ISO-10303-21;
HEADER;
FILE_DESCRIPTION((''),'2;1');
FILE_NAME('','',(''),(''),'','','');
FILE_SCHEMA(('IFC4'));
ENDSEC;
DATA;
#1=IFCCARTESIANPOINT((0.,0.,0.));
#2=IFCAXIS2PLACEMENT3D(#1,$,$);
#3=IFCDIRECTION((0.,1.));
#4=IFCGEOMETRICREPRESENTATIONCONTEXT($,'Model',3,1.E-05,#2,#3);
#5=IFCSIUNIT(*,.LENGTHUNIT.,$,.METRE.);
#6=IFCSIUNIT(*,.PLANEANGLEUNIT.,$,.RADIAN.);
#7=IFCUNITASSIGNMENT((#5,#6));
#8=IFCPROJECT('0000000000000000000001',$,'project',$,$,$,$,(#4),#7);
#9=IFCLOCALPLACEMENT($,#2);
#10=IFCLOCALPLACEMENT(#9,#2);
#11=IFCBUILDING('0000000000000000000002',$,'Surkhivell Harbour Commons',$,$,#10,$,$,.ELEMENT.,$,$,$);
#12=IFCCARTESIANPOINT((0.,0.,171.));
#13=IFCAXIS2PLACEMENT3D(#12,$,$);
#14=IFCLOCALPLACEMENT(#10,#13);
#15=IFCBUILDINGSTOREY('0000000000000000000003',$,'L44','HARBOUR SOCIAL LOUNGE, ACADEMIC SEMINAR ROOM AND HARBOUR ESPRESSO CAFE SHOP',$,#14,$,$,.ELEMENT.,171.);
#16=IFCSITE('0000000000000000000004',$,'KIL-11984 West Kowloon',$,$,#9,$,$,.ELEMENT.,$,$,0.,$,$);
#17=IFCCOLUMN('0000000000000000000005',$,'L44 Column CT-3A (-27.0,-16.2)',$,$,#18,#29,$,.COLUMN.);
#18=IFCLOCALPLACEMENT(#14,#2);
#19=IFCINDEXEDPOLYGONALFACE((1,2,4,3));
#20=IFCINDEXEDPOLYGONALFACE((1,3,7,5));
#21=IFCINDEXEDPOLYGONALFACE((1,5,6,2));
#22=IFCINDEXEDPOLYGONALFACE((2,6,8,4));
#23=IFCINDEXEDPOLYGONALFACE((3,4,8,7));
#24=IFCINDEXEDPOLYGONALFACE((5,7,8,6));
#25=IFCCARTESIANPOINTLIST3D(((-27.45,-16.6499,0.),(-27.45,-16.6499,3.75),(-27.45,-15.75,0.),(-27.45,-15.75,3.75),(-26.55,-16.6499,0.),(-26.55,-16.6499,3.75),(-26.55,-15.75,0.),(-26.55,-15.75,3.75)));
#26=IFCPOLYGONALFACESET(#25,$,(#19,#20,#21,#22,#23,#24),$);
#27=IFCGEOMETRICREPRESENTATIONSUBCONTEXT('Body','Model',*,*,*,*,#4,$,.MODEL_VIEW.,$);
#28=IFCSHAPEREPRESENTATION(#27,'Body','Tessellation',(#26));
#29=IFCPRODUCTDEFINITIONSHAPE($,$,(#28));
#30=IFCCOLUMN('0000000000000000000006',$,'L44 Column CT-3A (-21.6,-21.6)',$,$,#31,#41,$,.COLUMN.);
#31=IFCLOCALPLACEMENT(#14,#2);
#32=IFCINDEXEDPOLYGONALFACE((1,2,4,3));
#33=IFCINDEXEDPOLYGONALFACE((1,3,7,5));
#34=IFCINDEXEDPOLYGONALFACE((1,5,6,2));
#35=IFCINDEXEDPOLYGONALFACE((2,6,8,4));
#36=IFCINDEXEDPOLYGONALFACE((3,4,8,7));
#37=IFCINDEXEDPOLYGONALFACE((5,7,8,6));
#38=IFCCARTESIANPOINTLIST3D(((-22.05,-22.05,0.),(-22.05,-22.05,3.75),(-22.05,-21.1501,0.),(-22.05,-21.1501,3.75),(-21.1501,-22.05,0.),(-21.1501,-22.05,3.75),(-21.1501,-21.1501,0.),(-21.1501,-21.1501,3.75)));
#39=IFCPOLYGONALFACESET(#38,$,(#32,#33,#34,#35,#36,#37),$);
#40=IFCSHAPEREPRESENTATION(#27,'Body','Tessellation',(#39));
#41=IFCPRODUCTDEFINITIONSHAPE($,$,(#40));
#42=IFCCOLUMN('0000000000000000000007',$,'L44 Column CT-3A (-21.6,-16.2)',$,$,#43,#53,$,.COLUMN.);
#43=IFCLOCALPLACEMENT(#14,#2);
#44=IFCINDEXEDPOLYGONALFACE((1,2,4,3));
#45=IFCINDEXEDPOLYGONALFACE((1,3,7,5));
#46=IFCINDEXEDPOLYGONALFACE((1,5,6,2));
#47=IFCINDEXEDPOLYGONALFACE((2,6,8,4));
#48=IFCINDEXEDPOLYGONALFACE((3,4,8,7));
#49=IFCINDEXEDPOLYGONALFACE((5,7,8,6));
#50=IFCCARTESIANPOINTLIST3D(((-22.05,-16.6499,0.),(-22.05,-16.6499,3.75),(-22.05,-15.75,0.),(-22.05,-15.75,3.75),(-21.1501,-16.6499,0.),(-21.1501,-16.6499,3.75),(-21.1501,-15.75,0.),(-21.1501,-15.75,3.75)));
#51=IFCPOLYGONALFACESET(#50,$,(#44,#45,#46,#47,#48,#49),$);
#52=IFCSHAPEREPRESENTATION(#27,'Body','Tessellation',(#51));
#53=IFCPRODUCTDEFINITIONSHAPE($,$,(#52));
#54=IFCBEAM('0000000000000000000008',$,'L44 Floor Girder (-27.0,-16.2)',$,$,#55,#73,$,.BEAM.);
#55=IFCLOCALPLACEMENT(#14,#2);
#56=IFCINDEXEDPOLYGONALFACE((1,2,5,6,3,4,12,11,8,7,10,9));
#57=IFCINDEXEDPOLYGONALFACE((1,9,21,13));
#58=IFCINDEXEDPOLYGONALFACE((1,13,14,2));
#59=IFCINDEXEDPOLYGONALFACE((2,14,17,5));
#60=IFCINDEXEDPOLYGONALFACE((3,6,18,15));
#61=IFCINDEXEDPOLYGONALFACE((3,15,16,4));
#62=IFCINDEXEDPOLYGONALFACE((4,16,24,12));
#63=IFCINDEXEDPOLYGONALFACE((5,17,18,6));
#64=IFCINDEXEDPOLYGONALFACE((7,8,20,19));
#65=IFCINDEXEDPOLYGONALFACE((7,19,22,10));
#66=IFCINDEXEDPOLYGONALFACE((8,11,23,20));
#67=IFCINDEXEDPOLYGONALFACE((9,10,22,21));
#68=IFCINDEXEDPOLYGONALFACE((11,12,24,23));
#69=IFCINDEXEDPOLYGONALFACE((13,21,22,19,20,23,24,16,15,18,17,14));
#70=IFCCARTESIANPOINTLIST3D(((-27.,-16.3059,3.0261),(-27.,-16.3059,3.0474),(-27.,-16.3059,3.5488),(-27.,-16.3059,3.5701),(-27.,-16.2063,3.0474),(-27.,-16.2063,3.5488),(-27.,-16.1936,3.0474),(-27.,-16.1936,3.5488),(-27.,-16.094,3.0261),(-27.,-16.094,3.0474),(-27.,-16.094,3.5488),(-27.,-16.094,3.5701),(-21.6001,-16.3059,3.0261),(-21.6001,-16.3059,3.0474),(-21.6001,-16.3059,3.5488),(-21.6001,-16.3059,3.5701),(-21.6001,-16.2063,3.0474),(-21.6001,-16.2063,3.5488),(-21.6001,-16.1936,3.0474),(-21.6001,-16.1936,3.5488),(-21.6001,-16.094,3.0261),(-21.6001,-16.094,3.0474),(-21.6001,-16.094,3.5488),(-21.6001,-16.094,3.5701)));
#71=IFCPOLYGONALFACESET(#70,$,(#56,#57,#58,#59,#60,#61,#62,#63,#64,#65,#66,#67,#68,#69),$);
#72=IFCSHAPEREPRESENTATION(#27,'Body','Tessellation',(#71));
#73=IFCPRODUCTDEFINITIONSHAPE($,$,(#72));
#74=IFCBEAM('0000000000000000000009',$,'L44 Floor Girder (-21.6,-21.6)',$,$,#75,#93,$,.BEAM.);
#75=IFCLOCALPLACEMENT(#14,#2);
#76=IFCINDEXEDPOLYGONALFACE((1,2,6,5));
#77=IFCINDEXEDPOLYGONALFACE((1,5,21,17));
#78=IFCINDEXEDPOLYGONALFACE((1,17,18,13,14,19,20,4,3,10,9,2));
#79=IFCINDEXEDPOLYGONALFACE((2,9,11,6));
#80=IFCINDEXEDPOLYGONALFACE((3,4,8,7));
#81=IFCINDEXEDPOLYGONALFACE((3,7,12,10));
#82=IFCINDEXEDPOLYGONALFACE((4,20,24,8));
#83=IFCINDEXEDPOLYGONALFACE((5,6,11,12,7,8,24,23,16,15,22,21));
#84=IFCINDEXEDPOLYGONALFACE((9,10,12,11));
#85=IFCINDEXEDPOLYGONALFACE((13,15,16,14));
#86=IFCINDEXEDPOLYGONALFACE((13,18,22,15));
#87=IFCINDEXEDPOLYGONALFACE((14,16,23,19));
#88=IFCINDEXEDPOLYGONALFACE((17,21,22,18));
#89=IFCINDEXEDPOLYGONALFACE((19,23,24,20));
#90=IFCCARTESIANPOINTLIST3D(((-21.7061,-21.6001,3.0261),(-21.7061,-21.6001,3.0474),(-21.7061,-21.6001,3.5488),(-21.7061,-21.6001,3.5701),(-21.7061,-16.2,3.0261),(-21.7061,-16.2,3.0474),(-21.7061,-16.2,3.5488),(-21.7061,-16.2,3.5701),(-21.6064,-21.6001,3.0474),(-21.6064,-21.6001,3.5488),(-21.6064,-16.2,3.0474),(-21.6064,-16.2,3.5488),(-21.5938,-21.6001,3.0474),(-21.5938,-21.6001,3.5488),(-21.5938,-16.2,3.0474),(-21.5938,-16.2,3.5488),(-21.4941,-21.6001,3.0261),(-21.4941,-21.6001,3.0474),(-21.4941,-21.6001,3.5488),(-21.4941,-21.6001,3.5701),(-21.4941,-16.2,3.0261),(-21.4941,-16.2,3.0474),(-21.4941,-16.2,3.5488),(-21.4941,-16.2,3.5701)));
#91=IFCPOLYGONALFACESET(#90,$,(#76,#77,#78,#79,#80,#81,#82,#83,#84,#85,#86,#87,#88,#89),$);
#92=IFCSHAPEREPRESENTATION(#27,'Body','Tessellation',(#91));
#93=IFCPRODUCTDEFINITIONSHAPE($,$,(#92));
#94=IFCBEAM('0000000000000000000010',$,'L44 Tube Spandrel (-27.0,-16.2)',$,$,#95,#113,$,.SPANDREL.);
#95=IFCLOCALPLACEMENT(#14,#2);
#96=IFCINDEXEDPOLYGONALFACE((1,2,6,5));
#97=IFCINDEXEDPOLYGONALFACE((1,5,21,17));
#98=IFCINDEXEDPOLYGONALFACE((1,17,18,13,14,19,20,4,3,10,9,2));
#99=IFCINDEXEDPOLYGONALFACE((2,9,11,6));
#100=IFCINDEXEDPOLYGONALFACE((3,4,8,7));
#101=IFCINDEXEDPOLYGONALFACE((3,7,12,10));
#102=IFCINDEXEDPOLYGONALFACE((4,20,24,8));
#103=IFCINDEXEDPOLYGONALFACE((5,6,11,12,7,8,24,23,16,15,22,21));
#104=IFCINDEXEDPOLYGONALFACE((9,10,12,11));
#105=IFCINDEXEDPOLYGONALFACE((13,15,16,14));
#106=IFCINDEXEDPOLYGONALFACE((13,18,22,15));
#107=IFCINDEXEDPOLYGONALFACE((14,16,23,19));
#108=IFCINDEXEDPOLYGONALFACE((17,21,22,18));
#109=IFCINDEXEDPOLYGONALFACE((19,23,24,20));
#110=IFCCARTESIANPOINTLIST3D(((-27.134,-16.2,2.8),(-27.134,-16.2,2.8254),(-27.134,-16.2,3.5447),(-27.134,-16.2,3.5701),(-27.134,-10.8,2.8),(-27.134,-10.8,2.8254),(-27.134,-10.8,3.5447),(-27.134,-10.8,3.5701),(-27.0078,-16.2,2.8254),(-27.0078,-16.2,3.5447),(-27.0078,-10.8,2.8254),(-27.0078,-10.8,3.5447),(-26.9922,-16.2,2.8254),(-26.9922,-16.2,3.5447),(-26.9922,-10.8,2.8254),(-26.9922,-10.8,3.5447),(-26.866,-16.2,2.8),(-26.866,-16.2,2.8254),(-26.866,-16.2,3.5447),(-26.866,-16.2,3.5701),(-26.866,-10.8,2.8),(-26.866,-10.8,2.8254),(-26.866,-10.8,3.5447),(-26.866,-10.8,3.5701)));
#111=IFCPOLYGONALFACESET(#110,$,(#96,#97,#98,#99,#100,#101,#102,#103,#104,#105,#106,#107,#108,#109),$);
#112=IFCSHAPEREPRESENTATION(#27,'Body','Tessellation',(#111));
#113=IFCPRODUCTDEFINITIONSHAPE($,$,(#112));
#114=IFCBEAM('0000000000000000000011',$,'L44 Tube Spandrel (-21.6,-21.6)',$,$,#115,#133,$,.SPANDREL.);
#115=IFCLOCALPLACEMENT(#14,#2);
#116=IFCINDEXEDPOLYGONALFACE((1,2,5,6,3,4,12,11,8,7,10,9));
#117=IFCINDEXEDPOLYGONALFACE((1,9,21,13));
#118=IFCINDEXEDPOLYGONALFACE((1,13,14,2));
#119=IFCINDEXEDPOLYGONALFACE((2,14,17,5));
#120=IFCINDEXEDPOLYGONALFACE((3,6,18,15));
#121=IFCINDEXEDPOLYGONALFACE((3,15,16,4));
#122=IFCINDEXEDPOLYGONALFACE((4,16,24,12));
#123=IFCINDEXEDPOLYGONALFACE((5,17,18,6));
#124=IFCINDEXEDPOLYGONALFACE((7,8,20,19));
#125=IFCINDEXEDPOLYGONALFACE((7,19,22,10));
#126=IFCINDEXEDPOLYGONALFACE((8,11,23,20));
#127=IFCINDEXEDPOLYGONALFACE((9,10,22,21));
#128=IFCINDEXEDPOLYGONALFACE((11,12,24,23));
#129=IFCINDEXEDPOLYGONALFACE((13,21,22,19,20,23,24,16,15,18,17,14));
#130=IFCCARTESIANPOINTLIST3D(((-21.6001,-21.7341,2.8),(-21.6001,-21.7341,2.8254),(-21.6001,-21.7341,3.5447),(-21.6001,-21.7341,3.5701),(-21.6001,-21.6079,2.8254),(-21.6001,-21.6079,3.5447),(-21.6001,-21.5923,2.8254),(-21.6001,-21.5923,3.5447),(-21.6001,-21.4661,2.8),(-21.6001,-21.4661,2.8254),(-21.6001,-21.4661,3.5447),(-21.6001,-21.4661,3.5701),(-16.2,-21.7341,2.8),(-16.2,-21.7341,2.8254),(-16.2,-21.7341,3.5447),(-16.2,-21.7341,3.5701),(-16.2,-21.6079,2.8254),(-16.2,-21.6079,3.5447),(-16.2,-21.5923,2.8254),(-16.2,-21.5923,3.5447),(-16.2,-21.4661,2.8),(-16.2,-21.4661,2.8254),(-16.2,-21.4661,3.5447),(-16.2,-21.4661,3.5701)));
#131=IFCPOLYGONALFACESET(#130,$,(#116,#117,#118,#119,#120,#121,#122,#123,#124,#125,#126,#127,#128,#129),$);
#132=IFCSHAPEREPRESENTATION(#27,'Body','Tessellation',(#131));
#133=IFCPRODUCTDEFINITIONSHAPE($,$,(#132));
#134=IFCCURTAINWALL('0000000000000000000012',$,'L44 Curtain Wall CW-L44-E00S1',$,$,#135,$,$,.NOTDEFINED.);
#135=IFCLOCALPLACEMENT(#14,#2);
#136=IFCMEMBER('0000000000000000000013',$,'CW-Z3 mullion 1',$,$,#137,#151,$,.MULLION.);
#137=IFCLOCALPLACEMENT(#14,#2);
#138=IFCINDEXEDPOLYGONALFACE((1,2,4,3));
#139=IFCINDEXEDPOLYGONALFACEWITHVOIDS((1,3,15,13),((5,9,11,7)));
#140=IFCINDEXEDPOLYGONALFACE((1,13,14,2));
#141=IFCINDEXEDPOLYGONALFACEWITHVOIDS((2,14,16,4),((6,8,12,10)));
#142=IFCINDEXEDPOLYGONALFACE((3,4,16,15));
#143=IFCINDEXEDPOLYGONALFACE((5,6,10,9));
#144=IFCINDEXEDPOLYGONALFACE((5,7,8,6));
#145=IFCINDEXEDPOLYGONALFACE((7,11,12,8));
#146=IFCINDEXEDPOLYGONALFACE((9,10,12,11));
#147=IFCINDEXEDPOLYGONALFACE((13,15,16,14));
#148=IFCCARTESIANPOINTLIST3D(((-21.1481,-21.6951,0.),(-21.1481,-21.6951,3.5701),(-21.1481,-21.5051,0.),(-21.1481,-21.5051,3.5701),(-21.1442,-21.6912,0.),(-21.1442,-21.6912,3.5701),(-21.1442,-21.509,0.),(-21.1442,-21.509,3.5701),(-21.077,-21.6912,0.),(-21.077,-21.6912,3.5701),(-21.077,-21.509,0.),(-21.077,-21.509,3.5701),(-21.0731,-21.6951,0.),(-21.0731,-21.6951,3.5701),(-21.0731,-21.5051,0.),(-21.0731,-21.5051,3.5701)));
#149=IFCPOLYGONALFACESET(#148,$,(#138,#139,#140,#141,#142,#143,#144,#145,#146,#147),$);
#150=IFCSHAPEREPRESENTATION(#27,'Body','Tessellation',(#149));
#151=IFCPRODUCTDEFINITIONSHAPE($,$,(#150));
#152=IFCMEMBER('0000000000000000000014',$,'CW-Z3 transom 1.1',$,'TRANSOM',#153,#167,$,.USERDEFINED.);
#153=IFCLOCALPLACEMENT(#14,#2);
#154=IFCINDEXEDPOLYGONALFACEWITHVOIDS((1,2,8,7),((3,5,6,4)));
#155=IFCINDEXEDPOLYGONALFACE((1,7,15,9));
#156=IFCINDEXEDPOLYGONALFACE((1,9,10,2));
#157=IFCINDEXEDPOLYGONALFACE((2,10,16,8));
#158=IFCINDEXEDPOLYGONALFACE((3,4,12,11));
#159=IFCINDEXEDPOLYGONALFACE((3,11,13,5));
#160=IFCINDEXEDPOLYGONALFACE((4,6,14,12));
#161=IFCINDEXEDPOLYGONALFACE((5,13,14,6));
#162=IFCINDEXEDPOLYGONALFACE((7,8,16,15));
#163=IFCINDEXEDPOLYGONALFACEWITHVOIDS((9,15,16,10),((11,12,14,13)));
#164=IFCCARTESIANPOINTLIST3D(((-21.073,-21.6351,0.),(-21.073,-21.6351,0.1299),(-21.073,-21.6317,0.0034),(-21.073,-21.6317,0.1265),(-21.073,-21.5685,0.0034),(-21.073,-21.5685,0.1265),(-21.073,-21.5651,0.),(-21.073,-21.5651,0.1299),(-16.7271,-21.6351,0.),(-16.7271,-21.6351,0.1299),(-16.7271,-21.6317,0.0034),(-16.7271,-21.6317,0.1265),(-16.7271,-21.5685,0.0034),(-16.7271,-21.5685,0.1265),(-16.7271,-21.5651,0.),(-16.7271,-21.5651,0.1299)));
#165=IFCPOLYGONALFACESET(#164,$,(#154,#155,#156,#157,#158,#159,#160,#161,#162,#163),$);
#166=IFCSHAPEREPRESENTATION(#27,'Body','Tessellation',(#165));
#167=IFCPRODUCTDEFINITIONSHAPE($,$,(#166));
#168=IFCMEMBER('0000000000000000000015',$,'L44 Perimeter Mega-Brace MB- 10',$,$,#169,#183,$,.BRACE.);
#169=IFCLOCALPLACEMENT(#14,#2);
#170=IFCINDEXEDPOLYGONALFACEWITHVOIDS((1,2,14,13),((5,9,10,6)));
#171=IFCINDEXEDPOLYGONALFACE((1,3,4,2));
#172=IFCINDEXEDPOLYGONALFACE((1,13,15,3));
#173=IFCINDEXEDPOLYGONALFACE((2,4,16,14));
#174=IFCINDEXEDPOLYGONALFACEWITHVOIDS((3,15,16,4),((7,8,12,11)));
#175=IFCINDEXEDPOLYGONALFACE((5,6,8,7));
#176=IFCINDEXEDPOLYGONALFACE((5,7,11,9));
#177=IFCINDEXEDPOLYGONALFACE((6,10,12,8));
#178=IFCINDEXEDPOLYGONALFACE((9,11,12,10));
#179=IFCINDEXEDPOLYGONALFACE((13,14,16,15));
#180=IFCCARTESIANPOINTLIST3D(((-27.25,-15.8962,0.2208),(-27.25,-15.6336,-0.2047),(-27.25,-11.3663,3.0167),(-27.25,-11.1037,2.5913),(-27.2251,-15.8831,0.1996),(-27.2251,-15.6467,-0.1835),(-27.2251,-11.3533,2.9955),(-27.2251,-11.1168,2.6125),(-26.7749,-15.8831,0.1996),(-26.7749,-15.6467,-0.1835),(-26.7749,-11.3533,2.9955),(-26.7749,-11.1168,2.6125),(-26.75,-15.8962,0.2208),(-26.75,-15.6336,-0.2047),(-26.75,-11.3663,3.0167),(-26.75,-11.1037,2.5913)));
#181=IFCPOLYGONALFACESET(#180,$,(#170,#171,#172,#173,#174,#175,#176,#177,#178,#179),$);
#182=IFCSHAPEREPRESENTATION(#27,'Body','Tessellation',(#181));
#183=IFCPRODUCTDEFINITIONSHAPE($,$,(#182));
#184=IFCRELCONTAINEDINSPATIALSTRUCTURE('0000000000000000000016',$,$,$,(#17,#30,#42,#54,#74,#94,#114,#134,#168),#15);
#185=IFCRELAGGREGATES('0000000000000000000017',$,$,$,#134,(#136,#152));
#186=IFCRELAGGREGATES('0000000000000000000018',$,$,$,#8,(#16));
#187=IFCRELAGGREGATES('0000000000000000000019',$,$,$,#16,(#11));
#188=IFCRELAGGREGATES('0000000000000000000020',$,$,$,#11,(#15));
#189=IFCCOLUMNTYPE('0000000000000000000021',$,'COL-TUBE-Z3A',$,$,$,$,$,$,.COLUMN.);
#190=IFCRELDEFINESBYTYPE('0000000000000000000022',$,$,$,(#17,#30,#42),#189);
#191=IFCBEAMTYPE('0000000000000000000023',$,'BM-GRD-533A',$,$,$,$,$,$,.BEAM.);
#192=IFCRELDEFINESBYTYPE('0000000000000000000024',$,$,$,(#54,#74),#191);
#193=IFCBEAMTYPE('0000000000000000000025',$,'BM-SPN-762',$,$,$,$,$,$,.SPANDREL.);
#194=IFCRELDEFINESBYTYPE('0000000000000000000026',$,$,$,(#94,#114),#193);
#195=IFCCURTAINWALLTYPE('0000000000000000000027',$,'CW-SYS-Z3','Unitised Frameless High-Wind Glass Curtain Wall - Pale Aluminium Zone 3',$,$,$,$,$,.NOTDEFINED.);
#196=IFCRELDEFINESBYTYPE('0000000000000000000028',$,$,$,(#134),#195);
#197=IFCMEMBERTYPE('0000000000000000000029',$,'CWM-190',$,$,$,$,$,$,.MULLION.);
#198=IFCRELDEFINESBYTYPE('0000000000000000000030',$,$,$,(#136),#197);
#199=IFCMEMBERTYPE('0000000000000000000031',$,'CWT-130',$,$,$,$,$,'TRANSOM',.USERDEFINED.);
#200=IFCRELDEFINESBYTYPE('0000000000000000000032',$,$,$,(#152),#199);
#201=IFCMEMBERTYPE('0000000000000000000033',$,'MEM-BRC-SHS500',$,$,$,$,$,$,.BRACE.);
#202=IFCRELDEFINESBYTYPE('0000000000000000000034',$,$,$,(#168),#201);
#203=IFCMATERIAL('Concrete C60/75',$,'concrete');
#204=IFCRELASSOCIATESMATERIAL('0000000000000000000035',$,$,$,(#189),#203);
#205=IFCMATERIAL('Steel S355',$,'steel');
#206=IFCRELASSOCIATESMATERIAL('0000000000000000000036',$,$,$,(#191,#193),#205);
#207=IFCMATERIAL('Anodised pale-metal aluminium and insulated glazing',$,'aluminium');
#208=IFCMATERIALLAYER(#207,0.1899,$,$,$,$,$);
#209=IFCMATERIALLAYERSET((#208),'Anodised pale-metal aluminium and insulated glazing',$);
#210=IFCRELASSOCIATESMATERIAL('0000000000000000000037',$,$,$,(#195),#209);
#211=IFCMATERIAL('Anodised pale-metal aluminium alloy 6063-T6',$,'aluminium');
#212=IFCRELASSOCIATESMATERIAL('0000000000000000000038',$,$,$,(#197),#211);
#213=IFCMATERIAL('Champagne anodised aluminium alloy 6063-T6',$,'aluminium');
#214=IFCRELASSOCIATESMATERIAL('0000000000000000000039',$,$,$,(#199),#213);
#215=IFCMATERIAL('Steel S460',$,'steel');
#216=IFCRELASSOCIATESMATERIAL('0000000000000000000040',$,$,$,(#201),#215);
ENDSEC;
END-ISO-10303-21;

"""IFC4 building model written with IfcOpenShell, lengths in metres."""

from ifc_helpers import new_model, si_unit, direction, frame, origin, origin_2d, place, context, subcontext, project, spatial, rectangle, hollow_rectangle, i_section, extrude, material, layer, layer_set, material_profile, profile_set, type_object, element, aggregate, save


model = new_model("IFC4")

# Units and contexts
model_context = context("Model", 3, precision=1e-05, world=origin(), true_north=direction((0.0, 1.0)))
body_context = subcontext(model_context, "Body", "Model", "MODEL_VIEW")
ifc_project = project(units=[si_unit("LENGTHUNIT", "METRE"), si_unit("PLANEANGLEUNIT", "RADIAN")], contexts=[model_context])

# Site, building, storey
site_placement = place(None, origin())
site = spatial("IfcSite", under=ifc_project, at=site_placement, Name="KIL-11984 West Kowloon", CompositionType="ELEMENT", RefElevation=0.0)
building_placement = place(site_placement, origin())
building = spatial("IfcBuilding", under=site, at=building_placement, Name="Surkhivell Harbour Commons", CompositionType="ELEMENT")
storey_placement = place(building_placement, frame((0.0, 0.0, 171.0)))
storey = spatial("IfcBuildingStorey", under=building, at=storey_placement, Name="L44", Description="HARBOUR SOCIAL LOUNGE, ACADEMIC SEMINAR ROOM AND HARBOUR ESPRESSO CAFE SHOP", CompositionType="ELEMENT", Elevation=171.0)

# Columns
ifc_material_1 = material(Name="Concrete C60/75", Category="concrete")
ifc_material_profile_1 = material_profile(ifc_material_1, rectangle(XDim=0.8999, YDim=0.8999, at=origin_2d()), Name="RC-COL-900x900")
ifc_profile_set_1 = profile_set([ifc_material_profile_1], Name="Concrete C60/75")
column_type = type_object("IfcColumnType", Name="COL-TUBE-Z3A", PredefinedType="COLUMN", material=ifc_profile_set_1)
for number, where, z_axis, x_axis, name in (
    (1, (-27.0, -16.2, 0.0), (0.0, 0.0, 1.0), (1.0, 0.0, 0.0), "L44 Column CT-3A (-27.0,-16.2)"),
    (2, (-21.6001, -21.6001, 0.0), (0.0, 0.0, 1.0), (1.0, 0.0, 0.0), "L44 Column CT-3A (-21.6,-21.6)"),
    (3, (-21.6001, -16.2, 0.0), (0.0, 0.0, 1.0), (1.0, 0.0, 0.0), "L44 Column CT-3A (-21.6,-16.2)"),
):
    element("IfcColumn", number, at=place(storey_placement, frame(where, z_axis=z_axis, x_axis=x_axis)), inside=storey, type_object=column_type, Name=name, PredefinedType="COLUMN", context=body_context, shape_type="SweptSolid", body=[
        extrude(rectangle(XDim=0.8999, YDim=0.8999, at=origin_2d()), origin(), (0.0, 0.0, 1.0), 3.75),
    ])

# Beams
ifc_material_2 = material(Name="Steel S355", Category="steel")
ifc_material_profile_2 = material_profile(ifc_material_2, i_section(OverallWidth=0.2119, OverallDepth=0.5439, WebThickness=0.0127, FlangeThickness=0.0212, at=origin_2d()), Name="UB533x210x122")
ifc_profile_set_2 = profile_set([ifc_material_profile_2], Name="Steel S355")
beam_type_1 = type_object("IfcBeamType", Name="BM-GRD-533A", PredefinedType="BEAM", material=ifc_profile_set_2)
beam_1_placement = place(storey_placement, frame((-27.0, -16.2, 3.2981), z_axis=(1.0, 0.0, 0.0), x_axis=(0.0, 1.0, 0.0)))
element("IfcBeam", 4, at=beam_1_placement, inside=storey, type_object=beam_type_1, Name="L44 Floor Girder (-27.0,-16.2)", PredefinedType="BEAM", context=body_context, shape_type="SweptSolid", body=[
    extrude(i_section(OverallWidth=0.2119, OverallDepth=0.5439, WebThickness=0.0127, FlangeThickness=0.0212, at=origin_2d()), origin(), (0.0, 0.0, 1.0), 5.3999),
])
beam_2_placement = place(storey_placement, frame((-21.6001, -21.6001, 3.2981), z_axis=(0.0, 1.0, 0.0), x_axis=(-1.0, 0.0, 0.0)))
element("IfcBeam", 5, at=beam_2_placement, inside=storey, type_object=beam_type_1, Name="L44 Floor Girder (-21.6,-21.6)", PredefinedType="BEAM", context=body_context, shape_type="SweptSolid", body=[
    extrude(i_section(OverallWidth=0.2119, OverallDepth=0.5439, WebThickness=0.0127, FlangeThickness=0.0212, at=origin_2d()), origin(), (0.0, 0.0, 1.0), 5.4001),
])
ifc_material_profile_3 = material_profile(ifc_material_2, i_section(OverallWidth=0.2681, OverallDepth=0.77, WebThickness=0.0156, FlangeThickness=0.0254, at=origin_2d()), Name="UB762x267x197")
ifc_profile_set_3 = profile_set([ifc_material_profile_3], Name="Steel S355")
beam_type_2 = type_object("IfcBeamType", Name="BM-SPN-762", PredefinedType="SPANDREL", material=ifc_profile_set_3)
beam_3_placement = place(storey_placement, frame((-27.0, -16.2, 3.1851), z_axis=(0.0, 1.0, 0.0), x_axis=(-1.0, 0.0, 0.0)))
element("IfcBeam", 6, at=beam_3_placement, inside=storey, type_object=beam_type_2, Name="L44 Tube Spandrel (-27.0,-16.2)", PredefinedType="SPANDREL", context=body_context, shape_type="SweptSolid", body=[
    extrude(i_section(OverallWidth=0.2681, OverallDepth=0.77, WebThickness=0.0156, FlangeThickness=0.0254, at=origin_2d()), origin(), (0.0, 0.0, 1.0), 5.3999),
])
beam_4_placement = place(storey_placement, frame((-21.6001, -21.6001, 3.1851), z_axis=(1.0, 0.0, 0.0), x_axis=(0.0, 1.0, 0.0)))
element("IfcBeam", 7, at=beam_4_placement, inside=storey, type_object=beam_type_2, Name="L44 Tube Spandrel (-21.6,-21.6)", PredefinedType="SPANDREL", context=body_context, shape_type="SweptSolid", body=[
    extrude(i_section(OverallWidth=0.2681, OverallDepth=0.77, WebThickness=0.0156, FlangeThickness=0.0254, at=origin_2d()), origin(), (0.0, 0.0, 1.0), 5.4001),
])

# Curtain wall, members
ifc_material_3 = material(Name="Anodised pale-metal aluminium and insulated glazing", Category="aluminium")
ifc_layer_1 = layer(ifc_material_3, 0.1899)
ifc_layer_set_1 = layer_set([ifc_layer_1], Name="Anodised pale-metal aluminium and insulated glazing")
curtain_wall_type = type_object("IfcCurtainWallType", Name="CW-SYS-Z3", Description="Unitised Frameless High-Wind Glass Curtain Wall - Pale Aluminium Zone 3", PredefinedType="NOTDEFINED", material=ifc_layer_set_1)
curtain_wall_placement = place(storey_placement, origin())
curtain_wall = element("IfcCurtainWall", 8, at=curtain_wall_placement, inside=storey, type_object=curtain_wall_type, Name="L44 Curtain Wall CW-L44-E00S1", PredefinedType="NOTDEFINED")
ifc_material_4 = material(Name="Anodised pale-metal aluminium alloy 6063-T6", Category="aluminium")
ifc_material_profile_4 = material_profile(ifc_material_4, hollow_rectangle(XDim=0.075, YDim=0.1899, WallThickness=0.0039, at=origin_2d()), Name="ALU-MULL-75x190")
ifc_profile_set_4 = profile_set([ifc_material_profile_4], Name="Anodised pale-metal aluminium alloy 6063-T6")
member_type_1 = type_object("IfcMemberType", Name="CWM-190", PredefinedType="MULLION", material=ifc_profile_set_4)
member_1_placement = place(storey_placement, frame((-21.1106, -21.6001, 0.0), z_axis=(0.0, 0.0, 1.0), x_axis=(1.0, 0.0, 0.0)))
member_1 = element("IfcMember", 9, at=member_1_placement, type_object=member_type_1, Name="CW-Z3 mullion 1", PredefinedType="MULLION", context=body_context, shape_type="SweptSolid", body=[
    extrude(hollow_rectangle(XDim=0.075, YDim=0.1899, WallThickness=0.0039, at=origin_2d()), origin(), (0.0, 0.0, 1.0), 3.5701),
])
ifc_material_5 = material(Name="Champagne anodised aluminium alloy 6063-T6", Category="aluminium")
ifc_material_profile_5 = material_profile(ifc_material_5, hollow_rectangle(XDim=0.0701, YDim=0.1299, WallThickness=0.0034, at=origin_2d()), Name="ALU-TRAN-70x130")
ifc_profile_set_5 = profile_set([ifc_material_profile_5], Name="Champagne anodised aluminium alloy 6063-T6")
member_type_2 = type_object("IfcMemberType", Name="CWT-130", ElementType="TRANSOM", PredefinedType="USERDEFINED", material=ifc_profile_set_5)
member_2_placement = place(storey_placement, frame((-21.073, -21.6001, 0.0649), z_axis=(1.0, 0.0, 0.0), x_axis=(0.0, 1.0, 0.0)))
member_2 = element("IfcMember", 10, at=member_2_placement, type_object=member_type_2, Name="CW-Z3 transom 1.1", ObjectType="TRANSOM", PredefinedType="USERDEFINED", context=body_context, shape_type="SweptSolid", body=[
    extrude(hollow_rectangle(XDim=0.0701, YDim=0.1299, WallThickness=0.0034, at=origin_2d()), origin(), (0.0, 0.0, 1.0), 4.3459),
])

# Member
ifc_material_6 = material(Name="Steel S460", Category="steel")
ifc_material_profile_6 = material_profile(ifc_material_6, hollow_rectangle(XDim=0.5, YDim=0.5, WallThickness=0.0249, at=origin_2d()), Name="SHS500x500x25")
ifc_profile_set_6 = profile_set([ifc_material_profile_6], Name="Steel S460")
member_type_3 = type_object("IfcMemberType", Name="MEM-BRC-SHS500", PredefinedType="BRACE", material=ifc_profile_set_6)
member_3_placement = place(storey_placement, frame((-27.0, -15.7649, 0.0081), z_axis=(0.0, 0.850958, 0.525233), x_axis=(-1.0, 0.0, 0.0)))
element("IfcMember", 11, at=member_3_placement, inside=storey, type_object=member_type_3, Name="L44 Perimeter Mega-Brace MB- 10", PredefinedType="BRACE", context=body_context, shape_type="SweptSolid", body=[
    extrude(hollow_rectangle(XDim=0.5, YDim=0.5, WallThickness=0.0249, at=origin_2d()), origin(), (0.0, 0.0, 1.0), 5.3232),
])

aggregate(curtain_wall, [member_1, member_2])

save(model, "model.ifc")
